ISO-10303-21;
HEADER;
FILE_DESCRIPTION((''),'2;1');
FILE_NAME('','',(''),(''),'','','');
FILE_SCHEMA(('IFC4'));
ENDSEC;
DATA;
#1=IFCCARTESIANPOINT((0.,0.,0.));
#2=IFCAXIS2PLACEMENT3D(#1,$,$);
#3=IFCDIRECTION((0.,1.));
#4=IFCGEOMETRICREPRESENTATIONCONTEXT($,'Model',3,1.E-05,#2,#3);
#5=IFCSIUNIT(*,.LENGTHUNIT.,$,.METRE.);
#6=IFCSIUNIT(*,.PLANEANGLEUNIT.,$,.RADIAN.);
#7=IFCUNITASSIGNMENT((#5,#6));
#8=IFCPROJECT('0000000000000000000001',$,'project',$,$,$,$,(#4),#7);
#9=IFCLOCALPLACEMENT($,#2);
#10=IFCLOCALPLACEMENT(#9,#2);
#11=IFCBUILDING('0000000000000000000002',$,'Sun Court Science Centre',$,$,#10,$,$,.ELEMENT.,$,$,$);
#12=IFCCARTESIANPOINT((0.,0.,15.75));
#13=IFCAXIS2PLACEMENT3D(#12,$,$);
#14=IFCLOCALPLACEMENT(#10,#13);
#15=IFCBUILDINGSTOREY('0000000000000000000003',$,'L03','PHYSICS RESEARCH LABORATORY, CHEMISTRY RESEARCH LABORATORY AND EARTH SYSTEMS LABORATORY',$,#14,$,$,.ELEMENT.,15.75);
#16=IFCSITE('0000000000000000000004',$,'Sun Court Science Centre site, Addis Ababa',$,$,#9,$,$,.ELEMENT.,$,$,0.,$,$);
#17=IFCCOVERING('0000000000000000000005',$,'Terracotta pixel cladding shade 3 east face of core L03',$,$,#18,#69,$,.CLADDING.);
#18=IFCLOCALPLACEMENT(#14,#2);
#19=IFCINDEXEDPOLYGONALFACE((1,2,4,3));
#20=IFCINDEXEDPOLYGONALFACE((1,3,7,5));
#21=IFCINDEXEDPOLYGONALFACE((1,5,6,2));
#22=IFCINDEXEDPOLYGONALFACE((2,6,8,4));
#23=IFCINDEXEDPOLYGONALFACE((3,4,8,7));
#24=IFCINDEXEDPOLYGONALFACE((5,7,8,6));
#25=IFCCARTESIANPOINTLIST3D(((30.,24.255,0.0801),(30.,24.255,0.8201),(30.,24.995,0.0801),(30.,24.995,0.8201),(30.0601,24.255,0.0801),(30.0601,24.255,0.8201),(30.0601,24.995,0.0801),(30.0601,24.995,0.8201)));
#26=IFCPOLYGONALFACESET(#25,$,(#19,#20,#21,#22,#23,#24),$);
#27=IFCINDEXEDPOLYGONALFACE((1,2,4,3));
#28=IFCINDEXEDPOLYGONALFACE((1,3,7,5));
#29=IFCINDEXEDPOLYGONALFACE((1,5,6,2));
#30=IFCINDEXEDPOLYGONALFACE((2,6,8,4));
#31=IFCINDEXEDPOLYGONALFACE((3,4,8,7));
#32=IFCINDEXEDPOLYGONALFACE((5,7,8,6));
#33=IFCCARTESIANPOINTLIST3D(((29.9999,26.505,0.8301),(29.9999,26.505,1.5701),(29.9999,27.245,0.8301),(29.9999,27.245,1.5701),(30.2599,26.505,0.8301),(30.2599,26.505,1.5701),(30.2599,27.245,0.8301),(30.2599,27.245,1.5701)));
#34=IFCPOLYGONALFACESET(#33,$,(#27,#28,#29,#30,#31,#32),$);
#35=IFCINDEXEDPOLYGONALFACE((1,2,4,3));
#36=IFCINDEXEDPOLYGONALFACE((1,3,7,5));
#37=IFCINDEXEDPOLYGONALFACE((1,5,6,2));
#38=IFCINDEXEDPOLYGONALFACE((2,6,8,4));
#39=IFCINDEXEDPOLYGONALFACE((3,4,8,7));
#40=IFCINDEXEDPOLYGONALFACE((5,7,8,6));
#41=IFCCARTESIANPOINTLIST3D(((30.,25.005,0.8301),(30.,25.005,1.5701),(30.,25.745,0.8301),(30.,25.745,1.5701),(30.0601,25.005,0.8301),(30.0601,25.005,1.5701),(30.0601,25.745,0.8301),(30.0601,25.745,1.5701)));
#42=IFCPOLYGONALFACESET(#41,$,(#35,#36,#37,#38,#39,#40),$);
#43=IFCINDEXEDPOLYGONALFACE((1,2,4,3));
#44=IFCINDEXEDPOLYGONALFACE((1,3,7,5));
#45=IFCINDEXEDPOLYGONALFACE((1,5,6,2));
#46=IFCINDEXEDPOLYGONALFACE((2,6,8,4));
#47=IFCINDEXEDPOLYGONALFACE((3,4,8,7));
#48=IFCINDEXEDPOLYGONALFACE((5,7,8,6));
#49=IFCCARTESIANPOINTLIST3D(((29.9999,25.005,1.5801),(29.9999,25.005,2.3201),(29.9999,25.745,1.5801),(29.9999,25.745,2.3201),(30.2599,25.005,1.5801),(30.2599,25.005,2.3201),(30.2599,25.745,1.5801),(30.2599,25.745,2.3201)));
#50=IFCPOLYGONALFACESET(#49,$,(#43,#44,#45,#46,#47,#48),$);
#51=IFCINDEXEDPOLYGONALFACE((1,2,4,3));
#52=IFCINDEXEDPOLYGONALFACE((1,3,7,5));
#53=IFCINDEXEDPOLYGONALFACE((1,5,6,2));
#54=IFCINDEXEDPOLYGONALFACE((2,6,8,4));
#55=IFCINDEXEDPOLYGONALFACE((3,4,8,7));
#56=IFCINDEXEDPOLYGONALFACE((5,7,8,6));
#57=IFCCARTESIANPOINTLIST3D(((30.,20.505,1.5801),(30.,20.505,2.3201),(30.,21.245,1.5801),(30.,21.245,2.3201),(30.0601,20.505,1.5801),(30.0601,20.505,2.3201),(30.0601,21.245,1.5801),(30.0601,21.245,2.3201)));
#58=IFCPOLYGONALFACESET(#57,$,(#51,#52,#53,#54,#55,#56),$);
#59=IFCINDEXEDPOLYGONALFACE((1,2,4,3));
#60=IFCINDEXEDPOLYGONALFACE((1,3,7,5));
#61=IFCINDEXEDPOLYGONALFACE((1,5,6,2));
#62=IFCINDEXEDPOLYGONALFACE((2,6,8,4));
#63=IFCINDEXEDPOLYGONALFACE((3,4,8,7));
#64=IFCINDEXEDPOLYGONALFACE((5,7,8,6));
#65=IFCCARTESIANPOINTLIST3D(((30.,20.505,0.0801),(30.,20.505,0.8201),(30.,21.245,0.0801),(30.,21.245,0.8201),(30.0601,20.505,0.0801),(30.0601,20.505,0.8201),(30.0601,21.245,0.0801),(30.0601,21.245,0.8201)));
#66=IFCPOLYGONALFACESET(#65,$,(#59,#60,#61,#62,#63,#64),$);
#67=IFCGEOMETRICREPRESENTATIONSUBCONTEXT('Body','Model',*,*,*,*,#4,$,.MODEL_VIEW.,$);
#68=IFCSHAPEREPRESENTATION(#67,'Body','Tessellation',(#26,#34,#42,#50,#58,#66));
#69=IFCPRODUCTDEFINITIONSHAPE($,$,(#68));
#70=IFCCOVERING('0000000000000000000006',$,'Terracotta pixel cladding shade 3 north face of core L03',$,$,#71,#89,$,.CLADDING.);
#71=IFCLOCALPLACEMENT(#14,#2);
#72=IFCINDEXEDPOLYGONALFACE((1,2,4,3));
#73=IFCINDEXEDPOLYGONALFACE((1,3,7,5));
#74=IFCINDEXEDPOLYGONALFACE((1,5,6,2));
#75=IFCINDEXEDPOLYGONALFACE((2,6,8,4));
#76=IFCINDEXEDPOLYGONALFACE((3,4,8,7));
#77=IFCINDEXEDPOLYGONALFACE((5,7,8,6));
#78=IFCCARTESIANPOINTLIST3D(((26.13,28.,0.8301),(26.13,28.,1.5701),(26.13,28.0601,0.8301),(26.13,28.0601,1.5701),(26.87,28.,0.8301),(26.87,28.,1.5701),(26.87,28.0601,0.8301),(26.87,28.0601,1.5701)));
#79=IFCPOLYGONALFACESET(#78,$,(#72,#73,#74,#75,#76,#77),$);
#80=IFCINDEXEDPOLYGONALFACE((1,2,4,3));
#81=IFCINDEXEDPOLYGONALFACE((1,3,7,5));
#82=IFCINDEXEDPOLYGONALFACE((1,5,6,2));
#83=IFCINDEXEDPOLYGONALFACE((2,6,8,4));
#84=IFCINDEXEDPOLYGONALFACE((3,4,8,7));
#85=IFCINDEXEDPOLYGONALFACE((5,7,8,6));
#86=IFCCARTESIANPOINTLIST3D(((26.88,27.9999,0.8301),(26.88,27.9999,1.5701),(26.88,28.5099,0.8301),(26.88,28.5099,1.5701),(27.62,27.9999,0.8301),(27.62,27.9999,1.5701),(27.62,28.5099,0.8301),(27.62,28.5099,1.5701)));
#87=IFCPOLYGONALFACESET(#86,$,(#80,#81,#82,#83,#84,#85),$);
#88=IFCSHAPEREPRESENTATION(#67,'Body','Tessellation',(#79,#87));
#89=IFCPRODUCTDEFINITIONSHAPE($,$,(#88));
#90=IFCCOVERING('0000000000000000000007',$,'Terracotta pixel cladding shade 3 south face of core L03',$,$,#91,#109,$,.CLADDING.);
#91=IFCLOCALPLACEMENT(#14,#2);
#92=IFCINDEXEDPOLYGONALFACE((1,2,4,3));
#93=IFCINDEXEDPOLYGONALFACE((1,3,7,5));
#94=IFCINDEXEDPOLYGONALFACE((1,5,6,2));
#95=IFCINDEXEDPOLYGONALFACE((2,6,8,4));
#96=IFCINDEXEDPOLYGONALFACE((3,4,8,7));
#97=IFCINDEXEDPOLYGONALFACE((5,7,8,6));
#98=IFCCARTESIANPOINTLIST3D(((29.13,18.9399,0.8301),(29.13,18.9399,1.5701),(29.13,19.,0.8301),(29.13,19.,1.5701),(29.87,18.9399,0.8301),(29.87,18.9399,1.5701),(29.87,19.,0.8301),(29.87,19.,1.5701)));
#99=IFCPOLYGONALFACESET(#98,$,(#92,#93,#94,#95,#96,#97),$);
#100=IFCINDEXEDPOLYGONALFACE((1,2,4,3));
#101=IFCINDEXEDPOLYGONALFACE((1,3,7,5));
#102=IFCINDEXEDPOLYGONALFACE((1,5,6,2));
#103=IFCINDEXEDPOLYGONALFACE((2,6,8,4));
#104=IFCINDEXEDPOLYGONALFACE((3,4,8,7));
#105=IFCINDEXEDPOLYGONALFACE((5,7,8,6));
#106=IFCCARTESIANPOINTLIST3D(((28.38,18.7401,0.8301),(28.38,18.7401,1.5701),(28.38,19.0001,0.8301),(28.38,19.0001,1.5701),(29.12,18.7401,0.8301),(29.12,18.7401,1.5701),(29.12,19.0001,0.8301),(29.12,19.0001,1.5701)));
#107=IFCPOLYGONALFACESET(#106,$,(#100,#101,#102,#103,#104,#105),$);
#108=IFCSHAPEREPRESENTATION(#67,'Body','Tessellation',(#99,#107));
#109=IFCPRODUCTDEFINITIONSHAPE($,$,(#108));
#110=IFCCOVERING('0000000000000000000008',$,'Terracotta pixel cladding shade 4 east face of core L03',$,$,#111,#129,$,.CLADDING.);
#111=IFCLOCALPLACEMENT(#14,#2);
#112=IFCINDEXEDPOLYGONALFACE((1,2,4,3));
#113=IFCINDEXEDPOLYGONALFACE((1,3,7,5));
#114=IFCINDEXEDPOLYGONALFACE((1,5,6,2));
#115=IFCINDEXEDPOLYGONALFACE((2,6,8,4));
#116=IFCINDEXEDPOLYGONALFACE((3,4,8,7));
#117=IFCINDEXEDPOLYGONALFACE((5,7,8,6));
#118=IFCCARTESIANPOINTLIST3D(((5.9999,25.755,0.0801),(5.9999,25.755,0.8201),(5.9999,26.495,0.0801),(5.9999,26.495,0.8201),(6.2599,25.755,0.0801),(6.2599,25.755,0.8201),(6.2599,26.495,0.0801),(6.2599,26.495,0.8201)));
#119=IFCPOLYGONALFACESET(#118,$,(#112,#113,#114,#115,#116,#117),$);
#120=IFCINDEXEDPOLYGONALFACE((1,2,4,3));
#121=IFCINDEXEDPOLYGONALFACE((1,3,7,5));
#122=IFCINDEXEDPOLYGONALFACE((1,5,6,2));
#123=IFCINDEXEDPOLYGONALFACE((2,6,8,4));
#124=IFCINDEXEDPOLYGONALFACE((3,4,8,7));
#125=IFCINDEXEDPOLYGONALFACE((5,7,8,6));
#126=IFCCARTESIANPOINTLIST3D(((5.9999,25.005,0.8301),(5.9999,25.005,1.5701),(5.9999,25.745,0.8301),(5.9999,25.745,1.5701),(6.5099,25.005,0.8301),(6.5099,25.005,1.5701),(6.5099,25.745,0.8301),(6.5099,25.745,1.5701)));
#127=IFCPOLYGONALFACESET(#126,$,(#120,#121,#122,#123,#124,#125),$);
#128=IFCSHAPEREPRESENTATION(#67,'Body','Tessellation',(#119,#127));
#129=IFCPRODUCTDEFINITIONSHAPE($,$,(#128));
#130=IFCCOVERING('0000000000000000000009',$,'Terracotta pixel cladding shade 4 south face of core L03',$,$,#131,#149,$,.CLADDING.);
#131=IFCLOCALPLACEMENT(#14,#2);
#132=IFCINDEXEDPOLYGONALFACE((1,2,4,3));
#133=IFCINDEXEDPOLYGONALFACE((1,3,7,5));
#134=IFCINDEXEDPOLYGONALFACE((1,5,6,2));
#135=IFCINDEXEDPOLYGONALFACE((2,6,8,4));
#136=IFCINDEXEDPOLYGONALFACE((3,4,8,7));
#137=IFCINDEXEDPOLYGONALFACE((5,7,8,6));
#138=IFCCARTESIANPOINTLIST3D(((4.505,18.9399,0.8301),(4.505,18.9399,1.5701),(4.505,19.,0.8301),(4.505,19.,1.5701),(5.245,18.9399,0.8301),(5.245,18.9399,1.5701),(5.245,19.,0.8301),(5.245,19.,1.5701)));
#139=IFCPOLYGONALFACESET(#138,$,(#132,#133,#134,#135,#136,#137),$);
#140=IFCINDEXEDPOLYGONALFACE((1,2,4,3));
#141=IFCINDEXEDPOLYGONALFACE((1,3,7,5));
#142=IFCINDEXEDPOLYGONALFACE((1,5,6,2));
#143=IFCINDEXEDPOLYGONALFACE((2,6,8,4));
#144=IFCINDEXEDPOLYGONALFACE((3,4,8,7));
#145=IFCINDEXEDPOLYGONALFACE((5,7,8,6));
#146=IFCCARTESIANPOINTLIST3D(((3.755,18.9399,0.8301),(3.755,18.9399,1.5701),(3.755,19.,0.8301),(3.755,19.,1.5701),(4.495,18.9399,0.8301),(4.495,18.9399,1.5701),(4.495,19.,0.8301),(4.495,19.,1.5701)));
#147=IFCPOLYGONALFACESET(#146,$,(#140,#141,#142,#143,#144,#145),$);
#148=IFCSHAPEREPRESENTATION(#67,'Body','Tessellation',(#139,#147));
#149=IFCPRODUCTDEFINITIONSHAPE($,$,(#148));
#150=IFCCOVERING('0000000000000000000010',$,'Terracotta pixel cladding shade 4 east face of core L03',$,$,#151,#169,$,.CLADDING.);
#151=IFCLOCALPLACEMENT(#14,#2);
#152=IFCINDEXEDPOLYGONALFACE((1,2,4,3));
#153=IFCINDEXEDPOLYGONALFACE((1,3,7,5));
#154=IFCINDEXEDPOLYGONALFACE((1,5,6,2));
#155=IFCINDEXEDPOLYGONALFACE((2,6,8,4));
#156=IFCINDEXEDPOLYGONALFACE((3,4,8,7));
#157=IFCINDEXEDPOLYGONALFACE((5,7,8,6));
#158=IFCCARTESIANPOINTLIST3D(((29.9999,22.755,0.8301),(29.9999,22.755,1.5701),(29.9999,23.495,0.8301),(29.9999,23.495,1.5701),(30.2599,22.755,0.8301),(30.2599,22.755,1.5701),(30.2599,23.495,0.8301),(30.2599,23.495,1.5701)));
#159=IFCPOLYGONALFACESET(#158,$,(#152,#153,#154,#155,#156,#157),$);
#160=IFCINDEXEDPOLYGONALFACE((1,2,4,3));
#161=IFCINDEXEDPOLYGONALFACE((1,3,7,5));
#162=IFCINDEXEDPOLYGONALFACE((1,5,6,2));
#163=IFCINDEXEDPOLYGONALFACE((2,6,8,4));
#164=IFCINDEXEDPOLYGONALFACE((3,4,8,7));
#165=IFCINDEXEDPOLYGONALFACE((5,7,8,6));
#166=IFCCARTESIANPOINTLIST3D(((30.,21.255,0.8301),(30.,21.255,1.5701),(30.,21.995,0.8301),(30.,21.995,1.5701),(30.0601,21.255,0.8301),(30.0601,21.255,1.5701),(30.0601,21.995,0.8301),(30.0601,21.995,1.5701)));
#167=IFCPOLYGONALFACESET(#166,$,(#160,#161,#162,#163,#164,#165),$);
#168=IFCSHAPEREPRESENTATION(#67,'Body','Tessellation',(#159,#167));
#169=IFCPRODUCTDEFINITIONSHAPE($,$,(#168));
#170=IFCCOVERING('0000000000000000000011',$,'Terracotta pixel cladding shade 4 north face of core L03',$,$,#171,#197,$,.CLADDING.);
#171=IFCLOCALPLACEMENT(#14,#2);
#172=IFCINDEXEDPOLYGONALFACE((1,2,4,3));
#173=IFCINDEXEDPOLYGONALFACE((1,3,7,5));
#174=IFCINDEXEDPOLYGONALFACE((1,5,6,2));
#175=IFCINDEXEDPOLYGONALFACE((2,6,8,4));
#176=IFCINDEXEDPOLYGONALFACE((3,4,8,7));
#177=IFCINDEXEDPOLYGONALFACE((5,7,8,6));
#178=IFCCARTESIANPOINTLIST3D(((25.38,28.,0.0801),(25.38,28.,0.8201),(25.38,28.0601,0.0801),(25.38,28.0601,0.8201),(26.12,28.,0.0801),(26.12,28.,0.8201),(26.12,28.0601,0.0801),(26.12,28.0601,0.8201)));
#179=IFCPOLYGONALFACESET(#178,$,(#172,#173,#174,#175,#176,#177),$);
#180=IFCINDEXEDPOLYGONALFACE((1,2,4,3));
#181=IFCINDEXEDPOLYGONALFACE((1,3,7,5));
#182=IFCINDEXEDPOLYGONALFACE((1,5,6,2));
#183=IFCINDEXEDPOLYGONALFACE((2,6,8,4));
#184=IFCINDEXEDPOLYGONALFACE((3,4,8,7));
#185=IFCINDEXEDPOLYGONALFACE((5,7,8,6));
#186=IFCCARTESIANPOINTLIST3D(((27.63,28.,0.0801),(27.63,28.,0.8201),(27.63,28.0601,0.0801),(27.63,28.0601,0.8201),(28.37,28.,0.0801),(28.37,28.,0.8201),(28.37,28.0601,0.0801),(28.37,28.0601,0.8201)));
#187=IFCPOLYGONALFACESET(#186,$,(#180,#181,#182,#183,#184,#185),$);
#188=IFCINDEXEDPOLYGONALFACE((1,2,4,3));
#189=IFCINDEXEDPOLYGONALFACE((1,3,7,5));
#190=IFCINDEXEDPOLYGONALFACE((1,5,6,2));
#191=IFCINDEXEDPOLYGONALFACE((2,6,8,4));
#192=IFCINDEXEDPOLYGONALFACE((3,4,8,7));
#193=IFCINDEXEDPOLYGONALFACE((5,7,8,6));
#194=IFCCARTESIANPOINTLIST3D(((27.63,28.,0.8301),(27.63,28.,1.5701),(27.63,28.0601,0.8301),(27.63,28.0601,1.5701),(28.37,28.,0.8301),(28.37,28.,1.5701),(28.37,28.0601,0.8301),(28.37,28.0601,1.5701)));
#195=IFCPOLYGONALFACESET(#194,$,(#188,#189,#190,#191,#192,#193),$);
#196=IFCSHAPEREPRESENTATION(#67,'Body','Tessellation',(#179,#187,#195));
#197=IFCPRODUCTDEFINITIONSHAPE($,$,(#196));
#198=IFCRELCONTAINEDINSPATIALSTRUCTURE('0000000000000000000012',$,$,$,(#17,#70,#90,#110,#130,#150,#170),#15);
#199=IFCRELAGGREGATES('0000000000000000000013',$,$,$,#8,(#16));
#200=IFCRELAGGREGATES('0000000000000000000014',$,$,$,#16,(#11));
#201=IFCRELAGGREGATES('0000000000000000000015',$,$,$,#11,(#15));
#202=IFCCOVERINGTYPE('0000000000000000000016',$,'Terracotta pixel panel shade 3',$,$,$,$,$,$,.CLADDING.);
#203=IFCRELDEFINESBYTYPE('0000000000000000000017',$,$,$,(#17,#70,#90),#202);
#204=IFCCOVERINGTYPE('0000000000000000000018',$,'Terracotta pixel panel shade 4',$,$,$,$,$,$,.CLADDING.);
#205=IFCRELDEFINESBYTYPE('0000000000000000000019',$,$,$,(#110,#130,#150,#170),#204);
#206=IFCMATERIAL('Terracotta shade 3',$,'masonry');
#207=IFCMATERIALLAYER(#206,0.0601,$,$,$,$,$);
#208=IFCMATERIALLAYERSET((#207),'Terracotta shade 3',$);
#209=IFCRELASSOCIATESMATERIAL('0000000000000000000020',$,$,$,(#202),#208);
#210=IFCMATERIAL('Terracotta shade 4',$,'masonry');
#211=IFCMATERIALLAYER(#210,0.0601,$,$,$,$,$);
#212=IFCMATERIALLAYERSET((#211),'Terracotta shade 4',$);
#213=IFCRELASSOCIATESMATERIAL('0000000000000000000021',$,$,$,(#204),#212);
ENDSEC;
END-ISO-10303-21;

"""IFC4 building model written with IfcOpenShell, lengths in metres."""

from ifc_helpers import new_model, si_unit, direction, frame, origin, origin_2d, place, context, subcontext, project, spatial, rectangle, extrude, material, layer, layer_set, type_object, element, save


model = new_model("IFC4")

# Units and contexts
model_context = context("Model", 3, precision=1e-05, world=origin(), true_north=direction((0.0, 1.0)))
body_context = subcontext(model_context, "Body", "Model", "MODEL_VIEW")
ifc_project = project(units=[si_unit("LENGTHUNIT", "METRE"), si_unit("PLANEANGLEUNIT", "RADIAN")], contexts=[model_context])

# Site, building, storey
site_placement = place(None, origin())
site = spatial("IfcSite", under=ifc_project, at=site_placement, Name="Sun Court Science Centre site, Addis Ababa", CompositionType="ELEMENT", RefElevation=0.0)
building_placement = place(site_placement, origin())
building = spatial("IfcBuilding", under=site, at=building_placement, Name="Sun Court Science Centre", CompositionType="ELEMENT")
storey_placement = place(building_placement, frame((0.0, 0.0, 15.75)))
storey = spatial("IfcBuildingStorey", under=building, at=storey_placement, Name="L03", Description="PHYSICS RESEARCH LABORATORY, CHEMISTRY RESEARCH LABORATORY AND EARTH SYSTEMS LABORATORY", CompositionType="ELEMENT", Elevation=15.75)

# Coverings
ifc_material_1 = material(Name="Terracotta shade 3", Category="masonry")
ifc_layer_1 = layer(ifc_material_1, 0.0601)
ifc_layer_set_1 = layer_set([ifc_layer_1], Name="Terracotta shade 3")
covering_type_1 = type_object("IfcCoveringType", Name="Terracotta pixel panel shade 3", PredefinedType="CLADDING", material=ifc_layer_set_1)
covering_1_placement = place(storey_placement, frame((0.0, 0.0, -15.75)))
element("IfcCovering", 1, at=covering_1_placement, inside=storey, type_object=covering_type_1, Name="Terracotta pixel cladding shade 3 east face of core L03", PredefinedType="CLADDING", context=body_context, shape_type="SweptSolid", body=[
    extrude(rectangle(XDim=0.74, YDim=0.0601, at=origin_2d()), frame((30.03, 24.625, 15.8301), z_axis=(0.0, 0.0, 1.0), x_axis=(0.0, -1.0, 0.0)), (0.0, 0.0, 1.0), 0.74),
    extrude(rectangle(XDim=0.74, YDim=0.26, at=origin_2d()), frame((30.1299, 26.875, 16.5801), z_axis=(0.0, 0.0, 1.0), x_axis=(0.0, -1.0, 0.0)), (0.0, 0.0, 1.0), 0.74),
    extrude(rectangle(XDim=0.74, YDim=0.0601, at=origin_2d()), frame((30.03, 25.375, 16.5801), z_axis=(0.0, 0.0, 1.0), x_axis=(0.0, -1.0, 0.0)), (0.0, 0.0, 1.0), 0.74),
    extrude(rectangle(XDim=0.74, YDim=0.26, at=origin_2d()), frame((30.1299, 25.375, 17.3301), z_axis=(0.0, 0.0, 1.0), x_axis=(0.0, -1.0, 0.0)), (0.0, 0.0, 1.0), 0.74),
    extrude(rectangle(XDim=0.74, YDim=0.0601, at=origin_2d()), frame((30.03, 20.875, 17.3301), z_axis=(0.0, 0.0, 1.0), x_axis=(0.0, -1.0, 0.0)), (0.0, 0.0, 1.0), 0.74),
    extrude(rectangle(XDim=0.74, YDim=0.0601, at=origin_2d()), frame((30.03, 20.875, 15.8301), z_axis=(0.0, 0.0, 1.0), x_axis=(0.0, -1.0, 0.0)), (0.0, 0.0, 1.0), 0.74),
])
covering_2_placement = place(storey_placement, frame((0.0, 0.0, -15.75)))
element("IfcCovering", 2, at=covering_2_placement, inside=storey, type_object=covering_type_1, Name="Terracotta pixel cladding shade 3 north face of core L03", PredefinedType="CLADDING", context=body_context, shape_type="SweptSolid", body=[
    extrude(rectangle(XDim=0.74, YDim=0.0601, at=origin_2d()), frame((26.5, 28.03, 16.5801), z_axis=(0.0, 0.0, 1.0), x_axis=(1.0, 0.0, 0.0)), (0.0, 0.0, 1.0), 0.74),
    extrude(rectangle(XDim=0.74, YDim=0.51, at=origin_2d()), frame((27.25, 28.2549, 16.5801), z_axis=(0.0, 0.0, 1.0), x_axis=(1.0, 0.0, 0.0)), (0.0, 0.0, 1.0), 0.74),
])
covering_3_placement = place(storey_placement, frame((0.0, 0.0, -15.75)))
element("IfcCovering", 3, at=covering_3_placement, inside=storey, type_object=covering_type_1, Name="Terracotta pixel cladding shade 3 south face of core L03", PredefinedType="CLADDING", context=body_context, shape_type="SweptSolid", body=[
    extrude(rectangle(XDim=0.74, YDim=0.0601, at=origin_2d()), frame((29.5, 18.97, 16.5801), z_axis=(0.0, 0.0, 1.0), x_axis=(-1.0, 0.0, 0.0)), (0.0, 0.0, 1.0), 0.74),
    extrude(rectangle(XDim=0.74, YDim=0.26, at=origin_2d()), frame((28.75, 18.8701, 16.5801), z_axis=(0.0, 0.0, 1.0), x_axis=(-1.0, 0.0, 0.0)), (0.0, 0.0, 1.0), 0.74),
])
ifc_material_2 = material(Name="Terracotta shade 4", Category="masonry")
ifc_layer_2 = layer(ifc_material_2, 0.0601)
ifc_layer_set_2 = layer_set([ifc_layer_2], Name="Terracotta shade 4")
covering_type_2 = type_object("IfcCoveringType", Name="Terracotta pixel panel shade 4", PredefinedType="CLADDING", material=ifc_layer_set_2)
covering_4_placement = place(storey_placement, frame((0.0, 0.0, -15.75)))
element("IfcCovering", 4, at=covering_4_placement, inside=storey, type_object=covering_type_2, Name="Terracotta pixel cladding shade 4 east face of core L03", PredefinedType="CLADDING", context=body_context, shape_type="SweptSolid", body=[
    extrude(rectangle(XDim=0.74, YDim=0.26, at=origin_2d()), frame((6.1299, 26.125, 15.8301), z_axis=(0.0, 0.0, 1.0), x_axis=(0.0, -1.0, 0.0)), (0.0, 0.0, 1.0), 0.74),
    extrude(rectangle(XDim=0.74, YDim=0.51, at=origin_2d()), frame((6.2549, 25.375, 16.5801), z_axis=(0.0, 0.0, 1.0), x_axis=(0.0, -1.0, 0.0)), (0.0, 0.0, 1.0), 0.74),
])
covering_5_placement = place(storey_placement, frame((0.0, 0.0, -15.75)))
element("IfcCovering", 5, at=covering_5_placement, inside=storey, type_object=covering_type_2, Name="Terracotta pixel cladding shade 4 south face of core L03", PredefinedType="CLADDING", context=body_context, shape_type="SweptSolid", body=[
    extrude(rectangle(XDim=0.74, YDim=0.0601, at=origin_2d()), frame((4.875, 18.97, 16.5801), z_axis=(0.0, 0.0, 1.0), x_axis=(-1.0, 0.0, 0.0)), (0.0, 0.0, 1.0), 0.74),
    extrude(rectangle(XDim=0.74, YDim=0.0601, at=origin_2d()), frame((4.125, 18.97, 16.5801), z_axis=(0.0, 0.0, 1.0), x_axis=(-1.0, 0.0, 0.0)), (0.0, 0.0, 1.0), 0.74),
])
covering_6_placement = place(storey_placement, frame((0.0, 0.0, -15.75)))
element("IfcCovering", 6, at=covering_6_placement, inside=storey, type_object=covering_type_2, Name="Terracotta pixel cladding shade 4 east face of core L03", PredefinedType="CLADDING", context=body_context, shape_type="SweptSolid", body=[
    extrude(rectangle(XDim=0.74, YDim=0.26, at=origin_2d()), frame((30.1299, 23.125, 16.5801), z_axis=(0.0, 0.0, 1.0), x_axis=(0.0, -1.0, 0.0)), (0.0, 0.0, 1.0), 0.74),
    extrude(rectangle(XDim=0.74, YDim=0.0601, at=origin_2d()), frame((30.03, 21.625, 16.5801), z_axis=(0.0, 0.0, 1.0), x_axis=(0.0, -1.0, 0.0)), (0.0, 0.0, 1.0), 0.74),
])
covering_7_placement = place(storey_placement, frame((0.0, 0.0, -15.75)))
element("IfcCovering", 7, at=covering_7_placement, inside=storey, type_object=covering_type_2, Name="Terracotta pixel cladding shade 4 north face of core L03", PredefinedType="CLADDING", context=body_context, shape_type="SweptSolid", body=[
    extrude(rectangle(XDim=0.74, YDim=0.0601, at=origin_2d()), frame((25.75, 28.03, 15.8301), z_axis=(0.0, 0.0, 1.0), x_axis=(1.0, 0.0, 0.0)), (0.0, 0.0, 1.0), 0.74),
    extrude(rectangle(XDim=0.74, YDim=0.0601, at=origin_2d()), frame((28.0, 28.03, 15.8301), z_axis=(0.0, 0.0, 1.0), x_axis=(1.0, 0.0, 0.0)), (0.0, 0.0, 1.0), 0.74),
    extrude(rectangle(XDim=0.74, YDim=0.0601, at=origin_2d()), frame((28.0, 28.03, 16.5801), z_axis=(0.0, 0.0, 1.0), x_axis=(1.0, 0.0, 0.0)), (0.0, 0.0, 1.0), 0.74),
])

save(model, "model.ifc")
